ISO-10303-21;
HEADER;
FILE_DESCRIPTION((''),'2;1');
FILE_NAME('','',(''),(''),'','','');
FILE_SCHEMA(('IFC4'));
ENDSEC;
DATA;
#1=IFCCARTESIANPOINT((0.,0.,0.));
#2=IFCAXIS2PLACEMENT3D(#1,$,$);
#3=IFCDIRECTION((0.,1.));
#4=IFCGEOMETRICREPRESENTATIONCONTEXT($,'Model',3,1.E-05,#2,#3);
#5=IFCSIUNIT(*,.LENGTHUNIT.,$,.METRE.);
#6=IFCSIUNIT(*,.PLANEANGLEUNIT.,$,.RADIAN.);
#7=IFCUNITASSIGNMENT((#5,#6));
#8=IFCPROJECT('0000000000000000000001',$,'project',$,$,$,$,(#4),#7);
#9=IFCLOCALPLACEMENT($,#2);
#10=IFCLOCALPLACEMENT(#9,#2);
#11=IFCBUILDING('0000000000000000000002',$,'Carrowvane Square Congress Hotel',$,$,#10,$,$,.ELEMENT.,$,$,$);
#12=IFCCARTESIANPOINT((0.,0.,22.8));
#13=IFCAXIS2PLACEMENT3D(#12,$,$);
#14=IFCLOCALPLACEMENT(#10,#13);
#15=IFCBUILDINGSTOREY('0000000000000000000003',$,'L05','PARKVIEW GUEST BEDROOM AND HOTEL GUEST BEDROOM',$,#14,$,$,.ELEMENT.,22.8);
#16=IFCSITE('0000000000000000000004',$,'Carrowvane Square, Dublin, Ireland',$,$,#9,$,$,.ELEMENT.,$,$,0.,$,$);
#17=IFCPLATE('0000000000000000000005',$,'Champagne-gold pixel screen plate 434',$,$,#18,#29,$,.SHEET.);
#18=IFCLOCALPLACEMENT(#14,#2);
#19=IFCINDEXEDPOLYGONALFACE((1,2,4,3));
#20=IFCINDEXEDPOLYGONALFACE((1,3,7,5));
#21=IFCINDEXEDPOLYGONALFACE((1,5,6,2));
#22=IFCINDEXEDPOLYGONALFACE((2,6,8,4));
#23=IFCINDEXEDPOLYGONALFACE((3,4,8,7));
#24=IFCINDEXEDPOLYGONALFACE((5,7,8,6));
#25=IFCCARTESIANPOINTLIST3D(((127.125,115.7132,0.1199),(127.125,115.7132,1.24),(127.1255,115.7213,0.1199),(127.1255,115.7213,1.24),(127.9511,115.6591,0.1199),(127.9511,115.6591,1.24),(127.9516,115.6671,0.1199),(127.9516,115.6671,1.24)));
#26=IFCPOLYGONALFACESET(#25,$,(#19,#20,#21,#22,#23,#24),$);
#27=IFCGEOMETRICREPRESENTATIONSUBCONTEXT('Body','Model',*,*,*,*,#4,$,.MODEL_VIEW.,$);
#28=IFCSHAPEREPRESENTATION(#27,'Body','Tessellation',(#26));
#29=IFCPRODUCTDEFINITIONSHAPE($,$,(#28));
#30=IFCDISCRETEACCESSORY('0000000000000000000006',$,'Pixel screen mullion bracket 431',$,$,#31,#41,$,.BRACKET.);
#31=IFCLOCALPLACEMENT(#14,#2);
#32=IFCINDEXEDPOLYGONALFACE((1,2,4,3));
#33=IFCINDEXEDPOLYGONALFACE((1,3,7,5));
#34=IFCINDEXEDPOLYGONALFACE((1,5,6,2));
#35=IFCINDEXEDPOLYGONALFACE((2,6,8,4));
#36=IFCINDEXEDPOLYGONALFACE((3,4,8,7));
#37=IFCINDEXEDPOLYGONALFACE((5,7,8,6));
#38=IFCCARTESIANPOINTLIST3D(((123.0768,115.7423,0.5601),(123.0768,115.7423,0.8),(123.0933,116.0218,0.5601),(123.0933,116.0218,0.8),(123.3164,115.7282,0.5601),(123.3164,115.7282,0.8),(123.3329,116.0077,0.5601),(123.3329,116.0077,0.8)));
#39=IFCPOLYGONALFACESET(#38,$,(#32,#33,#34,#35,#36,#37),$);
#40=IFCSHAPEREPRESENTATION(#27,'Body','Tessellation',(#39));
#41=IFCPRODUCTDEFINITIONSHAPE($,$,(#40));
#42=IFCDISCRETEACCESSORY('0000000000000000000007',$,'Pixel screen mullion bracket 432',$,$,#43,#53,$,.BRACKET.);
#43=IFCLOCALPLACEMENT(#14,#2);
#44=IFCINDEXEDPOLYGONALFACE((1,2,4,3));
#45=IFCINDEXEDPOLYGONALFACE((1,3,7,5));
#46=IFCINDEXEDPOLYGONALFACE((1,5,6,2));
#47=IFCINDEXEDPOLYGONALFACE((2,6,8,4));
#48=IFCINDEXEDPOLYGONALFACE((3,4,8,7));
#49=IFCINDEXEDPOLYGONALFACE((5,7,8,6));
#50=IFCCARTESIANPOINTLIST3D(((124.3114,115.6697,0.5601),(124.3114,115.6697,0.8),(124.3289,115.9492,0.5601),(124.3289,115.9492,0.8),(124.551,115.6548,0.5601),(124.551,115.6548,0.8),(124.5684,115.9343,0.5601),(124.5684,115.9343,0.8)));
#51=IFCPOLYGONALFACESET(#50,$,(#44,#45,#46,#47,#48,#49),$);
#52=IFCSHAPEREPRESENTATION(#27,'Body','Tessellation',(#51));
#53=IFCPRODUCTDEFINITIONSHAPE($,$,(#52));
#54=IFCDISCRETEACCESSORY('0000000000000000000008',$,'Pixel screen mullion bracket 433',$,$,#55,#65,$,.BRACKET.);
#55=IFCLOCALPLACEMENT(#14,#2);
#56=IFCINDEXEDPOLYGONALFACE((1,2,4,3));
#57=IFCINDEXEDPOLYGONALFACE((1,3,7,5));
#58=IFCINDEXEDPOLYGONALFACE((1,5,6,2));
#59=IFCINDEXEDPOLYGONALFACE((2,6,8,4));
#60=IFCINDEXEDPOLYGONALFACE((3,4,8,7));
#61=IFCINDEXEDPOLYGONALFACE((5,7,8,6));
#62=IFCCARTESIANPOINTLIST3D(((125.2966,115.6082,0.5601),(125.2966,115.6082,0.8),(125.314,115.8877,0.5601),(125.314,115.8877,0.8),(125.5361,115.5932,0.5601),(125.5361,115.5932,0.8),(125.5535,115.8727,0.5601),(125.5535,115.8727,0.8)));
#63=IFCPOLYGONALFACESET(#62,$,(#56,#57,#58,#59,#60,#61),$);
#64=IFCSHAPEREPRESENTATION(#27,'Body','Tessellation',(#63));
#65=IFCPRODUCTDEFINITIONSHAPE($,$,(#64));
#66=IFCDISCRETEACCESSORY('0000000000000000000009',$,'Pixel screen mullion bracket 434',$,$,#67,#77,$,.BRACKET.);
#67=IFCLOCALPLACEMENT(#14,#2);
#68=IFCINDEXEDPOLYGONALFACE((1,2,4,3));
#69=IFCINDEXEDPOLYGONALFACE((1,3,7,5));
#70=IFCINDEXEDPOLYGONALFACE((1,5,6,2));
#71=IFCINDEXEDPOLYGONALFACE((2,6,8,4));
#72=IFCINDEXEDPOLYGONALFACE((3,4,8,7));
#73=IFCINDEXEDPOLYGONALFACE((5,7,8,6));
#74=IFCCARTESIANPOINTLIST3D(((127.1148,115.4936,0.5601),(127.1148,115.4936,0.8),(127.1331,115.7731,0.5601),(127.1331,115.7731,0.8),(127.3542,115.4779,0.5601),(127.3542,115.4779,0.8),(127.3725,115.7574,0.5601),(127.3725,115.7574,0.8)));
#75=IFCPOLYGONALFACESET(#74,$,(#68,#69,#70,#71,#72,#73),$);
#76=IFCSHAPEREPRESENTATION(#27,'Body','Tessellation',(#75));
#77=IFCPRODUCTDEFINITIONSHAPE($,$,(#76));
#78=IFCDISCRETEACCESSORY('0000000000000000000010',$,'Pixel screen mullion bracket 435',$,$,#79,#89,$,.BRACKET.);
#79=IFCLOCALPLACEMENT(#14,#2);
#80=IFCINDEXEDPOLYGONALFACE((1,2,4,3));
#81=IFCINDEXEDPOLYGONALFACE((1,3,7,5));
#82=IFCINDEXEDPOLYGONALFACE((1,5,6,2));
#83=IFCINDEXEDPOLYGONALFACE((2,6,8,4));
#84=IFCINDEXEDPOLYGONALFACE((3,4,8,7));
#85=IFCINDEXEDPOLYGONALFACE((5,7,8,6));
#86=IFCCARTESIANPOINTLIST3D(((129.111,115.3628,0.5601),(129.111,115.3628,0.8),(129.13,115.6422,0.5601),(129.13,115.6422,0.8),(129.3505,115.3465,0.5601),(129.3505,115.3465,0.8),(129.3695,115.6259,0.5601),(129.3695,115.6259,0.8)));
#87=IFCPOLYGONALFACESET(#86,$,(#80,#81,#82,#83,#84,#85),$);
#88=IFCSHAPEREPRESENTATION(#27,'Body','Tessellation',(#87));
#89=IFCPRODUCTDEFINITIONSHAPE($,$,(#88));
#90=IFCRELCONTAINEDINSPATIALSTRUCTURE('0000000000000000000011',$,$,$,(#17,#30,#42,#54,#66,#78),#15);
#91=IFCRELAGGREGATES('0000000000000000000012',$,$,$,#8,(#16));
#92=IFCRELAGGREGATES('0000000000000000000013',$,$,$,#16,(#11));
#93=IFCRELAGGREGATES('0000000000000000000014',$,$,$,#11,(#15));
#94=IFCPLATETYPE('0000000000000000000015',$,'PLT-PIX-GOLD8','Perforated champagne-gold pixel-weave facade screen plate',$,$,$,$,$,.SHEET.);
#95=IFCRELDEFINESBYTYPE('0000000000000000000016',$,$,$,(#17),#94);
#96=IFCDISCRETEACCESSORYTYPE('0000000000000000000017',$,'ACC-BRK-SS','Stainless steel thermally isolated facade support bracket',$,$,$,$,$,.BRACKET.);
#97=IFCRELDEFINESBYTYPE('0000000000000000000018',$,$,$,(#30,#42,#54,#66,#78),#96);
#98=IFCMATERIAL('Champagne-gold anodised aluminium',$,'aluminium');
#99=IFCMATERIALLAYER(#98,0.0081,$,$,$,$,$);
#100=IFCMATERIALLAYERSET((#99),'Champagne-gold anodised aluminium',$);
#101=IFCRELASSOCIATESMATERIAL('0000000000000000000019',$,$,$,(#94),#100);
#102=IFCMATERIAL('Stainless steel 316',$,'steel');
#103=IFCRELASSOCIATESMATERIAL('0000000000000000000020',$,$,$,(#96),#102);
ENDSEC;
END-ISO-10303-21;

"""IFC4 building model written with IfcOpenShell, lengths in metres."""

from ifc_helpers import new_model, si_unit, direction, frame, origin, origin_2d, place, context, subcontext, project, spatial, rectangle, extrude, material, layer, layer_set, type_object, element, save


model = new_model("IFC4")

# Units and contexts
model_context = context("Model", 3, precision=1e-05, world=origin(), true_north=direction((0.0, 1.0)))
body_context = subcontext(model_context, "Body", "Model", "MODEL_VIEW")
ifc_project = project(units=[si_unit("LENGTHUNIT", "METRE"), si_unit("PLANEANGLEUNIT", "RADIAN")], contexts=[model_context])

# Site, building, storey
site_placement = place(None, origin())
site = spatial("IfcSite", under=ifc_project, at=site_placement, Name="Carrowvane Square, Dublin, Ireland", CompositionType="ELEMENT", RefElevation=0.0)
building_placement = place(site_placement, origin())
building = spatial("IfcBuilding", under=site, at=building_placement, Name="Carrowvane Square Congress Hotel", CompositionType="ELEMENT")
storey_placement = place(building_placement, frame((0.0, 0.0, 22.8)))
storey = spatial("IfcBuildingStorey", under=building, at=storey_placement, Name="L05", Description="PARKVIEW GUEST BEDROOM AND HOTEL GUEST BEDROOM", CompositionType="ELEMENT", Elevation=22.8)

# Plate
ifc_material_1 = material(Name="Champagne-gold anodised aluminium", Category="aluminium")
ifc_layer_1 = layer(ifc_material_1, 0.0081)
ifc_layer_set_1 = layer_set([ifc_layer_1], Name="Champagne-gold anodised aluminium")
plate_type_1 = type_object("IfcPlateType", Name="PLT-PIX-GOLD8", Description="Perforated champagne-gold pixel-weave facade screen plate", PredefinedType="SHEET", material=ifc_layer_set_1)
for number, where, z_axis, x_axis, name in (
    (1, (127.5383, 115.6902, 0.1199), (0.0, 0.0, 1.0), (0.997858, -0.065413, 0.0), "Champagne-gold pixel screen plate 434"),
):
    element("IfcPlate", number, at=place(storey_placement, frame(where, z_axis=z_axis, x_axis=x_axis)), inside=storey, type_object=plate_type_1, Name=name, PredefinedType="SHEET", context=body_context, shape_type="SweptSolid", body=[
        extrude(rectangle(XDim=0.8279, YDim=0.0081, at=origin_2d()), origin(), (0.0, 0.0, 1.0), 1.1201),
    ])

# Discrete accessories
ifc_material_2 = material(Name="Stainless steel 316", Category="steel")
discrete_accessory_type = type_object("IfcDiscreteAccessoryType", Name="ACC-BRK-SS", Description="Stainless steel thermally isolated facade support bracket", PredefinedType="BRACKET", material=ifc_material_2)
for number, where, z_axis, x_axis, name in (
    (2, (123.2048, 115.875, 0.5601), (0.0, 0.0, 1.0), (0.998267, -0.058852, 0.0), "Pixel screen mullion bracket 431"),
    (3, (124.4399, 115.802, 0.5601), (0.0, 0.0, 1.0), (0.998051, -0.062397, 0.0), "Pixel screen mullion bracket 432"),
    (4, (125.425, 115.7405, 0.5601), (0.0, 0.0, 1.0), (0.998051, -0.062397, 0.0), "Pixel screen mullion bracket 433"),
    (5, (127.2437, 115.6255, 0.5601), (0.0, 0.0, 1.0), (0.997858, -0.065413, 0.0), "Pixel screen mullion bracket 434"),
    (6, (129.2402, 115.4944, 0.5601), (0.0, 0.0, 1.0), (0.997694, -0.067866, 0.0), "Pixel screen mullion bracket 435"),
):
    element("IfcDiscreteAccessory", number, at=place(storey_placement, frame(where, z_axis=z_axis, x_axis=x_axis)), inside=storey, type_object=discrete_accessory_type, Name=name, PredefinedType="BRACKET", context=body_context, shape_type="SweptSolid", body=[
        extrude(rectangle(XDim=0.24, YDim=0.28, at=origin_2d()), origin(), (0.0, 0.0, 1.0), 0.24),
    ])

save(model, "model.ifc")
